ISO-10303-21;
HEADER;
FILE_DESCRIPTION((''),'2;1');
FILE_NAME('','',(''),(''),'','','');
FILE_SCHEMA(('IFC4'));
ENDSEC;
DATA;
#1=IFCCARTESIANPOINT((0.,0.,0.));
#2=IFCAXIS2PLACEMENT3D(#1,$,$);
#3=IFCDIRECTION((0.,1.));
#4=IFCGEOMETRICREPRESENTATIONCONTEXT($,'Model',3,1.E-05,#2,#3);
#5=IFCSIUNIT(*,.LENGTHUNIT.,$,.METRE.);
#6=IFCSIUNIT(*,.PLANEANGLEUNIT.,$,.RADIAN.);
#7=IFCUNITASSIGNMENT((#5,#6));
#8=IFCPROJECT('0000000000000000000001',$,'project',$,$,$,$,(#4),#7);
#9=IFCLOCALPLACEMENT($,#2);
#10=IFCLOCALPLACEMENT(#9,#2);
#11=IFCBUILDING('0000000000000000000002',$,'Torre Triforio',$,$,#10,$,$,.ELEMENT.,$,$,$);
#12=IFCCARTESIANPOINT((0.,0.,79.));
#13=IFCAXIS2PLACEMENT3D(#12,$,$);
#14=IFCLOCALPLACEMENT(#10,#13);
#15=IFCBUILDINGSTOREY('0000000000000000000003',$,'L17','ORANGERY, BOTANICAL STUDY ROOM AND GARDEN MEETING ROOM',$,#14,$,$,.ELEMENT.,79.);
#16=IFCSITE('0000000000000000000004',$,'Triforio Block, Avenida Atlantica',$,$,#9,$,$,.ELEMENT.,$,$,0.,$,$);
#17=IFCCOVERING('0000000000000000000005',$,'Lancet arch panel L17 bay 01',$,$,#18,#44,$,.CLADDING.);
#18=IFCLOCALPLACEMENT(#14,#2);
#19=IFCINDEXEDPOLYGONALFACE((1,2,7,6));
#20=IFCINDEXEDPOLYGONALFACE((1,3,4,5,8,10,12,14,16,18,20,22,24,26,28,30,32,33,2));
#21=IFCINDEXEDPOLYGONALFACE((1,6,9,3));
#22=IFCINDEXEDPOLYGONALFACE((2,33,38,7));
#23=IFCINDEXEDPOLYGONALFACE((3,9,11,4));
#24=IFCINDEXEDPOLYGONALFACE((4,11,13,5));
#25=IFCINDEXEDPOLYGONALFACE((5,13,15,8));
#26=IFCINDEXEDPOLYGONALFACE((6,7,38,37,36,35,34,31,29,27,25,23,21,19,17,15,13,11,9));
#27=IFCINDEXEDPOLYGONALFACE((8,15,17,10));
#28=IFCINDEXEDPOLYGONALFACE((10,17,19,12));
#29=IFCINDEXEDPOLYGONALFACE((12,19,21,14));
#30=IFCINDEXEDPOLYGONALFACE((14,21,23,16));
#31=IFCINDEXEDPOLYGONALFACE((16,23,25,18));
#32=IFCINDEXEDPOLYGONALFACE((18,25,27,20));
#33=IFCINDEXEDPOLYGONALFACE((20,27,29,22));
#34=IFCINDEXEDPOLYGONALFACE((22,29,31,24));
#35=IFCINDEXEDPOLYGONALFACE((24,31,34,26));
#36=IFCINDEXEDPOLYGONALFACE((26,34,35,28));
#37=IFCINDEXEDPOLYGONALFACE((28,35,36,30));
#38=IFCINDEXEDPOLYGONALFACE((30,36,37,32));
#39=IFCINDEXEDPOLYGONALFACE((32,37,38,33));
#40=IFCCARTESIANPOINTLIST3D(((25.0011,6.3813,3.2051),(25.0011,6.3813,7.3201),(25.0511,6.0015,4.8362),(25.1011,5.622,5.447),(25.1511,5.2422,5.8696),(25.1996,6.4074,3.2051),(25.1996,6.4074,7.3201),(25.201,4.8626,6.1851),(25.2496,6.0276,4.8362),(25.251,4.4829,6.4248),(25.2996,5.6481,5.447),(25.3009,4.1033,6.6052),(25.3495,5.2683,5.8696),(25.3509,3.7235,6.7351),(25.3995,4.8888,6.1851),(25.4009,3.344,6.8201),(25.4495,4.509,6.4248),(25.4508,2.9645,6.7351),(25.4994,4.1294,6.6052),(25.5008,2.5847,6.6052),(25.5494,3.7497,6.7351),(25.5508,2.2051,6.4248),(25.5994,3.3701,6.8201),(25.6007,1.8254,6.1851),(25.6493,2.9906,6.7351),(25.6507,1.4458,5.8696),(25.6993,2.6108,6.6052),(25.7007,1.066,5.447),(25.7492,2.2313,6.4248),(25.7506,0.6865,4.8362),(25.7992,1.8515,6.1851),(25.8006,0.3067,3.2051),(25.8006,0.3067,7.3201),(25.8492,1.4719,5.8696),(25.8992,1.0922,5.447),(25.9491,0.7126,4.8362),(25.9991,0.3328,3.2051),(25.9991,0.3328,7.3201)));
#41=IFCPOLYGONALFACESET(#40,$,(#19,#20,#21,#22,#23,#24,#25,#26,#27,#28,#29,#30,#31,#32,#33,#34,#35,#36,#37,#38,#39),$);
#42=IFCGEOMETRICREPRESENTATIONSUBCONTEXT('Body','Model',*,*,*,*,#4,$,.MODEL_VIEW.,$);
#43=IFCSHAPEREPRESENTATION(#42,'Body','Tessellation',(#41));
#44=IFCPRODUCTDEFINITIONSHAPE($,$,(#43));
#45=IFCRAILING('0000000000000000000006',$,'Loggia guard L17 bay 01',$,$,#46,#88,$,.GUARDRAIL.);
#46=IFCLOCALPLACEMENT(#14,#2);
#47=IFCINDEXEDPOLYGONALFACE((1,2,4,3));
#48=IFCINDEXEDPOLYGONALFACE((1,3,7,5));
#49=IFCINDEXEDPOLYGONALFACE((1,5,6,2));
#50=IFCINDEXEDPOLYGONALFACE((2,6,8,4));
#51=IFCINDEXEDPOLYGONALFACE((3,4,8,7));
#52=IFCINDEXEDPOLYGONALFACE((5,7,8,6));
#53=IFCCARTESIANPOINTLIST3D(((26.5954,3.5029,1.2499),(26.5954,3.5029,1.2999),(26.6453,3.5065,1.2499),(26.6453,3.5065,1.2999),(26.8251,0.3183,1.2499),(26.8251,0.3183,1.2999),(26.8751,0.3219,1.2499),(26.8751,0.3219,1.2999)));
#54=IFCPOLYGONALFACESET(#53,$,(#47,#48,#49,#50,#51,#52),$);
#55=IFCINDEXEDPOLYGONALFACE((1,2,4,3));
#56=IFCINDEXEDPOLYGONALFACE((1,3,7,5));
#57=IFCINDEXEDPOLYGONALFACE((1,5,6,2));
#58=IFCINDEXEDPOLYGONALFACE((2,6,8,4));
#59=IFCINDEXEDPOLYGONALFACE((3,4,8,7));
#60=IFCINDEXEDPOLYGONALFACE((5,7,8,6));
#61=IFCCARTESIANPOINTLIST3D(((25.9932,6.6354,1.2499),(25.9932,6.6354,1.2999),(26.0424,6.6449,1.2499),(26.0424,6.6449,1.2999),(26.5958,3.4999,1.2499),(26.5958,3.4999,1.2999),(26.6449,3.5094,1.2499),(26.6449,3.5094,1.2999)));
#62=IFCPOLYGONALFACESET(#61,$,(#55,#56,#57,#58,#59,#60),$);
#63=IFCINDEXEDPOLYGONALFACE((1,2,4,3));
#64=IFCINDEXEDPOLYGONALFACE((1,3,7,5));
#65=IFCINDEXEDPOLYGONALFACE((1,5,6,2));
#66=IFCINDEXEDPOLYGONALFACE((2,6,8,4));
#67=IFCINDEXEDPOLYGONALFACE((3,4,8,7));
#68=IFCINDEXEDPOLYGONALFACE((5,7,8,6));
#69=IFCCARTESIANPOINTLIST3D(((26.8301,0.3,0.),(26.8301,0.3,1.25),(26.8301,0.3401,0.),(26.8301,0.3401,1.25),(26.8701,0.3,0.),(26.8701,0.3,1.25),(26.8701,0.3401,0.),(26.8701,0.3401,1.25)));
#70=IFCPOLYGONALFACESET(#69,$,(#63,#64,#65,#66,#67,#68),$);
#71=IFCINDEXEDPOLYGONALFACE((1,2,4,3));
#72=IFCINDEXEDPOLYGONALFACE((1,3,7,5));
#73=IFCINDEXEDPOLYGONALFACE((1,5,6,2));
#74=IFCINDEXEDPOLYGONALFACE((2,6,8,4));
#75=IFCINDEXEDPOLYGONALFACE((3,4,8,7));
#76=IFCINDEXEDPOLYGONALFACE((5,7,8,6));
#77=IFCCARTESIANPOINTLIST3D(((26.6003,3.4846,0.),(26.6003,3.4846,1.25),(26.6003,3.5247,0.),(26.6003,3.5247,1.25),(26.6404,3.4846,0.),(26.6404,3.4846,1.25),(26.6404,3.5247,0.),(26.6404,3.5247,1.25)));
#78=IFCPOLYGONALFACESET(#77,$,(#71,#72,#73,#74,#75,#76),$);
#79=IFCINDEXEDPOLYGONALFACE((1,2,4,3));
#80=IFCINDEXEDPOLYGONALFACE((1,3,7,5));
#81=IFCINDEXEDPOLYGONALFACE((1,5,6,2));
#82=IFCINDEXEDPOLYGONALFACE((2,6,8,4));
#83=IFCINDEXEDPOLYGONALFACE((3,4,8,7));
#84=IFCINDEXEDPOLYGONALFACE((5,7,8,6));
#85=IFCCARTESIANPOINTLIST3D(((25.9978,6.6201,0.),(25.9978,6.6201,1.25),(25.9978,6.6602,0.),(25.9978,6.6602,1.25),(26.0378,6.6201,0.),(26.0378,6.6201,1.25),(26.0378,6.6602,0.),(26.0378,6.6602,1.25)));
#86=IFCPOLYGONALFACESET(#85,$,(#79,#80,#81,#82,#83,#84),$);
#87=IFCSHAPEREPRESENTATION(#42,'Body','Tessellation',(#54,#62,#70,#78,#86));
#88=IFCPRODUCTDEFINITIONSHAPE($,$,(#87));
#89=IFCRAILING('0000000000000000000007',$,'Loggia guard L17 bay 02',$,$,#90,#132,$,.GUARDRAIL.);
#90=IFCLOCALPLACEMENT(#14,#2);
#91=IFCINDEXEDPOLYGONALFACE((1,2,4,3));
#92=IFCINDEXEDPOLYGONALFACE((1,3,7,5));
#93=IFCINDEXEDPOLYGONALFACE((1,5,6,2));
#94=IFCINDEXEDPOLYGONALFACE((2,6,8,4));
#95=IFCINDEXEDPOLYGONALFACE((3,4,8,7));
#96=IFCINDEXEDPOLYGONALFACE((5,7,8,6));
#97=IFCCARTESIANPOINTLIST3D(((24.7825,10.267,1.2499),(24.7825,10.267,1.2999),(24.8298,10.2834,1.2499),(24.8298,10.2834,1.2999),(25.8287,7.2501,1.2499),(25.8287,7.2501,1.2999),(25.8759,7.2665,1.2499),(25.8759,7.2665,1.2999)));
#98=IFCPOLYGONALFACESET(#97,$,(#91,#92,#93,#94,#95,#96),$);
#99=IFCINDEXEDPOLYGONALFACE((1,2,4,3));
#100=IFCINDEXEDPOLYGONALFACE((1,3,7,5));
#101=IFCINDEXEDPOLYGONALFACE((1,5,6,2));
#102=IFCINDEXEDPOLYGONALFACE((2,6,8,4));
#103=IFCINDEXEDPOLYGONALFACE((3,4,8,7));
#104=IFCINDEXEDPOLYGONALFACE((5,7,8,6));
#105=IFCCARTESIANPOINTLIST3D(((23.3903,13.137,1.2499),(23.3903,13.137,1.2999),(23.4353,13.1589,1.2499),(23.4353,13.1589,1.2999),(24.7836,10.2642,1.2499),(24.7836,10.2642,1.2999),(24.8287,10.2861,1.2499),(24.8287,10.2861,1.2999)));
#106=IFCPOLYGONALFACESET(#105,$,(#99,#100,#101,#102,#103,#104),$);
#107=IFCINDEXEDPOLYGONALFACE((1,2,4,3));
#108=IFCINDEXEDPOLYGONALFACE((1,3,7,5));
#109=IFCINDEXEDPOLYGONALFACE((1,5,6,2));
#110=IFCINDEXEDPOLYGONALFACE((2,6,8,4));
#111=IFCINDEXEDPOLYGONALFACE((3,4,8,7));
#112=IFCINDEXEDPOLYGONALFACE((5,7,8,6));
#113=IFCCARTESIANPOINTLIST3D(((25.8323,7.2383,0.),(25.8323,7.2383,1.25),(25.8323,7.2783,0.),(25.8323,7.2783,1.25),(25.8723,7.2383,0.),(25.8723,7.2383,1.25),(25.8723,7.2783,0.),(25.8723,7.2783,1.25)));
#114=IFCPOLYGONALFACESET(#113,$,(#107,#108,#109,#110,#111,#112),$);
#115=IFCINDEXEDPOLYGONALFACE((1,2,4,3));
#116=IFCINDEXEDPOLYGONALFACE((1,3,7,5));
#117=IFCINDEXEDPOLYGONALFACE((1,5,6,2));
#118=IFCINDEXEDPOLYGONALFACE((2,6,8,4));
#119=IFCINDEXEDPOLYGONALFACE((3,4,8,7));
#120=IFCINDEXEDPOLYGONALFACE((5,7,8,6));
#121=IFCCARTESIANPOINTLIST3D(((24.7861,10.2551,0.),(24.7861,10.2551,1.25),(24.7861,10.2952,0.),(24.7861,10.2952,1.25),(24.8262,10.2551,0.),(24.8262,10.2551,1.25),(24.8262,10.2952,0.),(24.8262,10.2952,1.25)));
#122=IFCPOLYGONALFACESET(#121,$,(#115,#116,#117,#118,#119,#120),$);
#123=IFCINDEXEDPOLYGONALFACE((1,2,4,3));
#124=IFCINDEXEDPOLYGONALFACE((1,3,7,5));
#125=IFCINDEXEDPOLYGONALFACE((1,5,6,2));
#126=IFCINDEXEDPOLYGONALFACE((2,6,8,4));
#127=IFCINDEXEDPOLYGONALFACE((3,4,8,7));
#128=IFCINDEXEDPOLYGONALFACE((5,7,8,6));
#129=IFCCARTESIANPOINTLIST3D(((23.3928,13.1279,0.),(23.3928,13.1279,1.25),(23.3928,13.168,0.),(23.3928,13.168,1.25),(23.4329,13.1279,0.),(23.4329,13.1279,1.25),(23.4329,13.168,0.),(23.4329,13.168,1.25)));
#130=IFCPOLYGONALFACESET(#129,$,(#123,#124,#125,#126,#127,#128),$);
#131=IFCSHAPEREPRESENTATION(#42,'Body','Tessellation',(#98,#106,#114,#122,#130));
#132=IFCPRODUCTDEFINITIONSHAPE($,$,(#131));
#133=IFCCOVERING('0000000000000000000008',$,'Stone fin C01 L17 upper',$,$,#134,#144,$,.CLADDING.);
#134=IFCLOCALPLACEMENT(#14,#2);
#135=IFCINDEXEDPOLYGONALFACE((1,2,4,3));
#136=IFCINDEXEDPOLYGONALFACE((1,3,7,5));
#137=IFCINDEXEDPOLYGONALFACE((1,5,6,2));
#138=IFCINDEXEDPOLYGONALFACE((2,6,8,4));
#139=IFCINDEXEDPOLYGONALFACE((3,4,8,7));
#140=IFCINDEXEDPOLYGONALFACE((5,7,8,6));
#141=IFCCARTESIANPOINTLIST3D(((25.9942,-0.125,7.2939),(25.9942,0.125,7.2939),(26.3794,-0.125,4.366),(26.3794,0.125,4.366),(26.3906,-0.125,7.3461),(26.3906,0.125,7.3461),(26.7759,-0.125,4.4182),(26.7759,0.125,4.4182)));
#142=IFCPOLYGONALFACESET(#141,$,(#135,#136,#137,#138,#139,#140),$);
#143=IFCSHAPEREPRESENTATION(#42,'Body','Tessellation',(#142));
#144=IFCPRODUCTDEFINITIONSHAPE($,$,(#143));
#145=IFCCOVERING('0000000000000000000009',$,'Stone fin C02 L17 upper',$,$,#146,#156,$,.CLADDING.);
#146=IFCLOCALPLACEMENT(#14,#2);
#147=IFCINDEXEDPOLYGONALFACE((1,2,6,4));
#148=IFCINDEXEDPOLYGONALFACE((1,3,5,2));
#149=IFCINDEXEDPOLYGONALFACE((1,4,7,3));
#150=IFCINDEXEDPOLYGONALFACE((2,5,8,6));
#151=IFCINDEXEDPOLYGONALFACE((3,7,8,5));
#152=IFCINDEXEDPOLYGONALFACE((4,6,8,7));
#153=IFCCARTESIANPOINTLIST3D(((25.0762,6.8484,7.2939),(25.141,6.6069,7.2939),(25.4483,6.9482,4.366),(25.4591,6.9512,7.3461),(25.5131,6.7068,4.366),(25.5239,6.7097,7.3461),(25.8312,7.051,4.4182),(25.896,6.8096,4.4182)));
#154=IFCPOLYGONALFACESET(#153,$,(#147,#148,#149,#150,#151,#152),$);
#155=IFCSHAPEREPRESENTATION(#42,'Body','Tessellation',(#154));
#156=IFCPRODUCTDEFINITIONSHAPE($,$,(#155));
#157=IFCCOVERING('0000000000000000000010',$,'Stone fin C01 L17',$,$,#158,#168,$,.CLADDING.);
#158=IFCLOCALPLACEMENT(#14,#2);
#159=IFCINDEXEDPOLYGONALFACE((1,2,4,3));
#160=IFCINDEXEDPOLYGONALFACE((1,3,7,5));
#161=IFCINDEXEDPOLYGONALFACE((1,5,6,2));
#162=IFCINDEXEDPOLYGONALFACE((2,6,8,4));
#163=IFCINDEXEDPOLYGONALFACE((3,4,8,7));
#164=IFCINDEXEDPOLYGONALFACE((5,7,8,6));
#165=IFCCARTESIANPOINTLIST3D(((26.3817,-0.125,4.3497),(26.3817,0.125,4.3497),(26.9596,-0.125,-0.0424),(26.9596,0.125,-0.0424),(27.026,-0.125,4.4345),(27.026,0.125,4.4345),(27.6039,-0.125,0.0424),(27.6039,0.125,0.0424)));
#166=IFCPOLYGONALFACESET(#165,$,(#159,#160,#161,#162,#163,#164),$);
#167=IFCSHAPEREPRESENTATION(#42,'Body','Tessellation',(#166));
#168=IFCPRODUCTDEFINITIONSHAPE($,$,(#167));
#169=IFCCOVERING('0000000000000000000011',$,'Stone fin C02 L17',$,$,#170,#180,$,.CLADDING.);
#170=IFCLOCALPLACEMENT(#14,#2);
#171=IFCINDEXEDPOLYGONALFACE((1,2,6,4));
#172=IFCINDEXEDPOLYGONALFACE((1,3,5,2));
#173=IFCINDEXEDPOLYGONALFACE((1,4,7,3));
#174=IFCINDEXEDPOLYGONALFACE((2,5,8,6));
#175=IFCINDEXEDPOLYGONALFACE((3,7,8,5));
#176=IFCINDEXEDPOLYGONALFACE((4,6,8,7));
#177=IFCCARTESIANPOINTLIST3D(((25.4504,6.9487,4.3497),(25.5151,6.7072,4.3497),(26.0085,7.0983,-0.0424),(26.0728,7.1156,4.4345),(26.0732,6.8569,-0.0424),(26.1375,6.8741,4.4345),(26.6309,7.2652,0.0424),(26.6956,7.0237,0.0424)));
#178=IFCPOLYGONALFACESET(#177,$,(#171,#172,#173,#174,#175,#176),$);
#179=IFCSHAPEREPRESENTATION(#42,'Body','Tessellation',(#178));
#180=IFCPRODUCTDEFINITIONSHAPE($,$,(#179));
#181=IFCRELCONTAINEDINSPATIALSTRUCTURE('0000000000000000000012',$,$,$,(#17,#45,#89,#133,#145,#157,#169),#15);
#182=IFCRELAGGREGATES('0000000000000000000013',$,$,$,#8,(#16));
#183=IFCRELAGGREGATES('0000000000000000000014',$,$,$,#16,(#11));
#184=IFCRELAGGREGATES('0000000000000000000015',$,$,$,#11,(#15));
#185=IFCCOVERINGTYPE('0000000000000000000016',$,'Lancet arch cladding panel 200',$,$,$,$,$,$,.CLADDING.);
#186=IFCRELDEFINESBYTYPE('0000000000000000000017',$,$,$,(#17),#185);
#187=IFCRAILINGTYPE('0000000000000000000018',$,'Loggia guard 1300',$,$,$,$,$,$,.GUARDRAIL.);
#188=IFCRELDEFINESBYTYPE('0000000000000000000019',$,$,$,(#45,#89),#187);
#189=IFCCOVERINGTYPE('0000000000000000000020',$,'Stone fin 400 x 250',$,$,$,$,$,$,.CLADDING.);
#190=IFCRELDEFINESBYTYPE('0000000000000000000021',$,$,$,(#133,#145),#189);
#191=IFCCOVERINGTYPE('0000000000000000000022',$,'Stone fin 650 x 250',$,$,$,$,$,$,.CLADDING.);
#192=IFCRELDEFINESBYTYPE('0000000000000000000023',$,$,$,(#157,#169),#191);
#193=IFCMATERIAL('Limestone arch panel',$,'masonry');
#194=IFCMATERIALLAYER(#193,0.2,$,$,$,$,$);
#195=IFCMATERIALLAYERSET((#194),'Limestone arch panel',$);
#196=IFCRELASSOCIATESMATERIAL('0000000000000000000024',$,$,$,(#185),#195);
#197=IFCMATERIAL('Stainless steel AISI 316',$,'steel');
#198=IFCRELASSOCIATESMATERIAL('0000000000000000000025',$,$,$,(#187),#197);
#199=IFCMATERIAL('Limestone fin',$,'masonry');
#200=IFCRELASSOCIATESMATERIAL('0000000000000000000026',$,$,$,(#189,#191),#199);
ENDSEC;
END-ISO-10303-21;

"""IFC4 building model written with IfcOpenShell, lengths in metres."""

from ifc_helpers import new_model, si_unit, direction, frame, origin, origin_2d, place, context, subcontext, project, spatial, polyline, rectangle, outline, extrude, material, layer, layer_set, material_profile, profile_set, type_object, element, save


model = new_model("IFC4")

# Units and contexts
model_context = context("Model", 3, precision=1e-05, world=origin(), true_north=direction((0.0, 1.0)))
body_context = subcontext(model_context, "Body", "Model", "MODEL_VIEW")
ifc_project = project(units=[si_unit("LENGTHUNIT", "METRE"), si_unit("PLANEANGLEUNIT", "RADIAN")], contexts=[model_context])

# Site, building, storey
site_placement = place(None, origin())
site = spatial("IfcSite", under=ifc_project, at=site_placement, Name="Triforio Block, Avenida Atlantica", CompositionType="ELEMENT", RefElevation=0.0)
building_placement = place(site_placement, origin())
building = spatial("IfcBuilding", under=site, at=building_placement, Name="Torre Triforio", CompositionType="ELEMENT")
storey_placement = place(building_placement, frame((0.0, 0.0, 79.0)))
storey = spatial("IfcBuildingStorey", under=building, at=storey_placement, Name="L17", Description="ORANGERY, BOTANICAL STUDY ROOM AND GARDEN MEETING ROOM", CompositionType="ELEMENT", Elevation=79.0)

# Covering
ifc_material_1 = material(Name="Limestone arch panel", Category="masonry")
ifc_layer_1 = layer(ifc_material_1, 0.2)
ifc_layer_set_1 = layer_set([ifc_layer_1], Name="Limestone arch panel")
covering_type_1 = type_object("IfcCoveringType", Name="Lancet arch cladding panel 200", PredefinedType="CLADDING", material=ifc_layer_set_1)
covering_placement = place(storey_placement, frame((25.4009, 3.344, 0.0), z_axis=(0.99145, 0.130486, 0.0), x_axis=(-0.130486, 0.99145, 0.0)))
element("IfcCovering", 1, at=covering_placement, inside=storey, type_object=covering_type_1, Name="Lancet arch panel L17 bay 01", PredefinedType="CLADDING", context=body_context, shape_type="SweptSolid", body=[
    extrude(outline(polyline([(-3.0635, 7.3201), (-3.0635, 3.2051), (-2.6804, 4.8362), (-2.2976, 5.447), (-1.9146, 5.8696), (-1.5317, 6.1851), (-1.1487, 6.4248), (-0.7659, 6.6052), (-0.3828, 6.7351), (0.0, 6.8201), (0.3828, 6.7351), (0.7659, 6.6052), (1.1487, 6.4248), (1.5317, 6.1851), (1.9146, 5.8696), (2.2976, 5.447), (2.6804, 4.8362), (3.0635, 3.2051), (3.0635, 7.3201), (-3.0635, 7.3201)])), origin(), (0.0, 0.0, 1.0), 0.2002),
])

# Railings
ifc_material_2 = material(Name="Stainless steel AISI 316", Category="steel")
railing_type = type_object("IfcRailingType", Name="Loggia guard 1300", PredefinedType="GUARDRAIL", material=ifc_material_2)
railing_1_placement = place(storey_placement, frame((26.8501, 0.3201, 0.0)))
element("IfcRailing", 2, at=railing_1_placement, inside=storey, type_object=railing_type, Name="Loggia guard L17 bay 01", PredefinedType="GUARDRAIL", context=body_context, shape_type="SweptSolid", body=[
    extrude(rectangle(XDim=0.05, YDim=0.05, at=origin_2d()), frame((0.0, 0.0, 1.2749), z_axis=(-0.071953, 0.997408, 0.0), x_axis=(-0.997408, -0.071953, 0.0)), (0.0, 0.0, 1.0), 3.1929),
    extrude(rectangle(XDim=0.05, YDim=0.05, at=origin_2d()), frame((-0.2297, 3.1846, 1.2749), z_axis=(-0.188714, 0.982032, 0.0), x_axis=(-0.982032, -0.188714, 0.0)), (0.0, 0.0, 1.0), 3.1929),
    extrude(rectangle(XDim=0.04, YDim=0.04, at=origin_2d()), origin(), (0.0, 0.0, 1.0), 1.25),
    extrude(rectangle(XDim=0.04, YDim=0.04, at=origin_2d()), frame((-0.2297, 3.1846, 0.0)), (0.0, 0.0, 1.0), 1.25),
    extrude(rectangle(XDim=0.04, YDim=0.04, at=origin_2d()), frame((-0.8323, 6.3201, 0.0)), (0.0, 0.0, 1.0), 1.25),
])
railing_2_placement = place(storey_placement, frame((25.8523, 7.2583, 0.0)))
element("IfcRailing", 3, at=railing_2_placement, inside=storey, type_object=railing_type, Name="Loggia guard L17 bay 02", PredefinedType="GUARDRAIL", context=body_context, shape_type="SweptSolid", body=[
    extrude(rectangle(XDim=0.05, YDim=0.05, at=origin_2d()), frame((0.0, 0.0, 1.2749), z_axis=(-0.327628, 0.944807, 0.0), x_axis=(-0.944807, -0.327628, 0.0)), (0.0, 0.0, 1.0), 3.1931),
    extrude(rectangle(XDim=0.05, YDim=0.05, at=origin_2d()), frame((-1.0461, 3.0168, 1.2749), z_axis=(-0.436384, 0.89976, 0.0), x_axis=(-0.89976, -0.436384, 0.0)), (0.0, 0.0, 1.0), 3.1929),
    extrude(rectangle(XDim=0.04, YDim=0.04, at=origin_2d()), origin(), (0.0, 0.0, 1.0), 1.25),
    extrude(rectangle(XDim=0.04, YDim=0.04, at=origin_2d()), frame((-1.0461, 3.0168, 0.0)), (0.0, 0.0, 1.0), 1.25),
    extrude(rectangle(XDim=0.04, YDim=0.04, at=origin_2d()), frame((-2.4395, 5.8896, 0.0)), (0.0, 0.0, 1.0), 1.25),
])

# Coverings
ifc_material_3 = material(Name="Limestone fin", Category="masonry")
ifc_material_profile_1 = material_profile(ifc_material_3, rectangle(XDim=0.3999, YDim=0.25, at=origin_2d()), Name="FIN 400x250")
ifc_profile_set_1 = profile_set([ifc_material_profile_1], Name="Limestone fin")
covering_type_2 = type_object("IfcCoveringType", Name="Stone fin 400 x 250", PredefinedType="CLADDING", material=ifc_profile_set_1)
for number, where, z_axis, x_axis, name in (
    (4, (26.5776, 0.0, 4.3921), (-0.130452, 0.0, 0.991455), (0.991455, 0.0, 0.130452), "Stone fin C01 L17 upper"),
    (5, (25.6721, 6.8789, 4.3921), (-0.125988, -0.033812, 0.991455), (0.957571, 0.256986, 0.130447), "Stone fin C02 L17 upper"),
):
    element("IfcCovering", number, at=place(storey_placement, frame(where, z_axis=z_axis, x_axis=x_axis)), inside=storey, type_object=covering_type_2, Name=name, PredefinedType="CLADDING", context=body_context, shape_type="SweptSolid", body=[
        extrude(rectangle(XDim=0.3999, YDim=0.25, at=origin_2d()), origin(), (0.0, 0.0, 1.0), 2.9531),
    ])
ifc_material_profile_2 = material_profile(ifc_material_3, rectangle(XDim=0.6499, YDim=0.25, at=origin_2d()), Name="FIN 650x250")
ifc_profile_set_2 = profile_set([ifc_material_profile_2], Name="Limestone fin")
covering_type_3 = type_object("IfcCoveringType", Name="Stone fin 650 x 250", PredefinedType="CLADDING", material=ifc_profile_set_2)
for number, where, z_axis, x_axis, name in (
    (6, (27.2817, 0.0, 0.0), (-0.130449, 0.0, 0.991455), (0.991455, 0.0, 0.130449), "Stone fin C01 L17"),
    (7, (26.3521, 7.061, 0.0), (-0.125985, -0.033783, 0.991457), (0.957625, 0.256791, 0.130436), "Stone fin C02 L17"),
):
    element("IfcCovering", number, at=place(storey_placement, frame(where, z_axis=z_axis, x_axis=x_axis)), inside=storey, type_object=covering_type_3, Name=name, PredefinedType="CLADDING", context=body_context, shape_type="SweptSolid", body=[
        extrude(rectangle(XDim=0.6499, YDim=0.25, at=origin_2d()), origin(), (0.0, 0.0, 1.0), 4.4299),
    ])

save(model, "model.ifc")
